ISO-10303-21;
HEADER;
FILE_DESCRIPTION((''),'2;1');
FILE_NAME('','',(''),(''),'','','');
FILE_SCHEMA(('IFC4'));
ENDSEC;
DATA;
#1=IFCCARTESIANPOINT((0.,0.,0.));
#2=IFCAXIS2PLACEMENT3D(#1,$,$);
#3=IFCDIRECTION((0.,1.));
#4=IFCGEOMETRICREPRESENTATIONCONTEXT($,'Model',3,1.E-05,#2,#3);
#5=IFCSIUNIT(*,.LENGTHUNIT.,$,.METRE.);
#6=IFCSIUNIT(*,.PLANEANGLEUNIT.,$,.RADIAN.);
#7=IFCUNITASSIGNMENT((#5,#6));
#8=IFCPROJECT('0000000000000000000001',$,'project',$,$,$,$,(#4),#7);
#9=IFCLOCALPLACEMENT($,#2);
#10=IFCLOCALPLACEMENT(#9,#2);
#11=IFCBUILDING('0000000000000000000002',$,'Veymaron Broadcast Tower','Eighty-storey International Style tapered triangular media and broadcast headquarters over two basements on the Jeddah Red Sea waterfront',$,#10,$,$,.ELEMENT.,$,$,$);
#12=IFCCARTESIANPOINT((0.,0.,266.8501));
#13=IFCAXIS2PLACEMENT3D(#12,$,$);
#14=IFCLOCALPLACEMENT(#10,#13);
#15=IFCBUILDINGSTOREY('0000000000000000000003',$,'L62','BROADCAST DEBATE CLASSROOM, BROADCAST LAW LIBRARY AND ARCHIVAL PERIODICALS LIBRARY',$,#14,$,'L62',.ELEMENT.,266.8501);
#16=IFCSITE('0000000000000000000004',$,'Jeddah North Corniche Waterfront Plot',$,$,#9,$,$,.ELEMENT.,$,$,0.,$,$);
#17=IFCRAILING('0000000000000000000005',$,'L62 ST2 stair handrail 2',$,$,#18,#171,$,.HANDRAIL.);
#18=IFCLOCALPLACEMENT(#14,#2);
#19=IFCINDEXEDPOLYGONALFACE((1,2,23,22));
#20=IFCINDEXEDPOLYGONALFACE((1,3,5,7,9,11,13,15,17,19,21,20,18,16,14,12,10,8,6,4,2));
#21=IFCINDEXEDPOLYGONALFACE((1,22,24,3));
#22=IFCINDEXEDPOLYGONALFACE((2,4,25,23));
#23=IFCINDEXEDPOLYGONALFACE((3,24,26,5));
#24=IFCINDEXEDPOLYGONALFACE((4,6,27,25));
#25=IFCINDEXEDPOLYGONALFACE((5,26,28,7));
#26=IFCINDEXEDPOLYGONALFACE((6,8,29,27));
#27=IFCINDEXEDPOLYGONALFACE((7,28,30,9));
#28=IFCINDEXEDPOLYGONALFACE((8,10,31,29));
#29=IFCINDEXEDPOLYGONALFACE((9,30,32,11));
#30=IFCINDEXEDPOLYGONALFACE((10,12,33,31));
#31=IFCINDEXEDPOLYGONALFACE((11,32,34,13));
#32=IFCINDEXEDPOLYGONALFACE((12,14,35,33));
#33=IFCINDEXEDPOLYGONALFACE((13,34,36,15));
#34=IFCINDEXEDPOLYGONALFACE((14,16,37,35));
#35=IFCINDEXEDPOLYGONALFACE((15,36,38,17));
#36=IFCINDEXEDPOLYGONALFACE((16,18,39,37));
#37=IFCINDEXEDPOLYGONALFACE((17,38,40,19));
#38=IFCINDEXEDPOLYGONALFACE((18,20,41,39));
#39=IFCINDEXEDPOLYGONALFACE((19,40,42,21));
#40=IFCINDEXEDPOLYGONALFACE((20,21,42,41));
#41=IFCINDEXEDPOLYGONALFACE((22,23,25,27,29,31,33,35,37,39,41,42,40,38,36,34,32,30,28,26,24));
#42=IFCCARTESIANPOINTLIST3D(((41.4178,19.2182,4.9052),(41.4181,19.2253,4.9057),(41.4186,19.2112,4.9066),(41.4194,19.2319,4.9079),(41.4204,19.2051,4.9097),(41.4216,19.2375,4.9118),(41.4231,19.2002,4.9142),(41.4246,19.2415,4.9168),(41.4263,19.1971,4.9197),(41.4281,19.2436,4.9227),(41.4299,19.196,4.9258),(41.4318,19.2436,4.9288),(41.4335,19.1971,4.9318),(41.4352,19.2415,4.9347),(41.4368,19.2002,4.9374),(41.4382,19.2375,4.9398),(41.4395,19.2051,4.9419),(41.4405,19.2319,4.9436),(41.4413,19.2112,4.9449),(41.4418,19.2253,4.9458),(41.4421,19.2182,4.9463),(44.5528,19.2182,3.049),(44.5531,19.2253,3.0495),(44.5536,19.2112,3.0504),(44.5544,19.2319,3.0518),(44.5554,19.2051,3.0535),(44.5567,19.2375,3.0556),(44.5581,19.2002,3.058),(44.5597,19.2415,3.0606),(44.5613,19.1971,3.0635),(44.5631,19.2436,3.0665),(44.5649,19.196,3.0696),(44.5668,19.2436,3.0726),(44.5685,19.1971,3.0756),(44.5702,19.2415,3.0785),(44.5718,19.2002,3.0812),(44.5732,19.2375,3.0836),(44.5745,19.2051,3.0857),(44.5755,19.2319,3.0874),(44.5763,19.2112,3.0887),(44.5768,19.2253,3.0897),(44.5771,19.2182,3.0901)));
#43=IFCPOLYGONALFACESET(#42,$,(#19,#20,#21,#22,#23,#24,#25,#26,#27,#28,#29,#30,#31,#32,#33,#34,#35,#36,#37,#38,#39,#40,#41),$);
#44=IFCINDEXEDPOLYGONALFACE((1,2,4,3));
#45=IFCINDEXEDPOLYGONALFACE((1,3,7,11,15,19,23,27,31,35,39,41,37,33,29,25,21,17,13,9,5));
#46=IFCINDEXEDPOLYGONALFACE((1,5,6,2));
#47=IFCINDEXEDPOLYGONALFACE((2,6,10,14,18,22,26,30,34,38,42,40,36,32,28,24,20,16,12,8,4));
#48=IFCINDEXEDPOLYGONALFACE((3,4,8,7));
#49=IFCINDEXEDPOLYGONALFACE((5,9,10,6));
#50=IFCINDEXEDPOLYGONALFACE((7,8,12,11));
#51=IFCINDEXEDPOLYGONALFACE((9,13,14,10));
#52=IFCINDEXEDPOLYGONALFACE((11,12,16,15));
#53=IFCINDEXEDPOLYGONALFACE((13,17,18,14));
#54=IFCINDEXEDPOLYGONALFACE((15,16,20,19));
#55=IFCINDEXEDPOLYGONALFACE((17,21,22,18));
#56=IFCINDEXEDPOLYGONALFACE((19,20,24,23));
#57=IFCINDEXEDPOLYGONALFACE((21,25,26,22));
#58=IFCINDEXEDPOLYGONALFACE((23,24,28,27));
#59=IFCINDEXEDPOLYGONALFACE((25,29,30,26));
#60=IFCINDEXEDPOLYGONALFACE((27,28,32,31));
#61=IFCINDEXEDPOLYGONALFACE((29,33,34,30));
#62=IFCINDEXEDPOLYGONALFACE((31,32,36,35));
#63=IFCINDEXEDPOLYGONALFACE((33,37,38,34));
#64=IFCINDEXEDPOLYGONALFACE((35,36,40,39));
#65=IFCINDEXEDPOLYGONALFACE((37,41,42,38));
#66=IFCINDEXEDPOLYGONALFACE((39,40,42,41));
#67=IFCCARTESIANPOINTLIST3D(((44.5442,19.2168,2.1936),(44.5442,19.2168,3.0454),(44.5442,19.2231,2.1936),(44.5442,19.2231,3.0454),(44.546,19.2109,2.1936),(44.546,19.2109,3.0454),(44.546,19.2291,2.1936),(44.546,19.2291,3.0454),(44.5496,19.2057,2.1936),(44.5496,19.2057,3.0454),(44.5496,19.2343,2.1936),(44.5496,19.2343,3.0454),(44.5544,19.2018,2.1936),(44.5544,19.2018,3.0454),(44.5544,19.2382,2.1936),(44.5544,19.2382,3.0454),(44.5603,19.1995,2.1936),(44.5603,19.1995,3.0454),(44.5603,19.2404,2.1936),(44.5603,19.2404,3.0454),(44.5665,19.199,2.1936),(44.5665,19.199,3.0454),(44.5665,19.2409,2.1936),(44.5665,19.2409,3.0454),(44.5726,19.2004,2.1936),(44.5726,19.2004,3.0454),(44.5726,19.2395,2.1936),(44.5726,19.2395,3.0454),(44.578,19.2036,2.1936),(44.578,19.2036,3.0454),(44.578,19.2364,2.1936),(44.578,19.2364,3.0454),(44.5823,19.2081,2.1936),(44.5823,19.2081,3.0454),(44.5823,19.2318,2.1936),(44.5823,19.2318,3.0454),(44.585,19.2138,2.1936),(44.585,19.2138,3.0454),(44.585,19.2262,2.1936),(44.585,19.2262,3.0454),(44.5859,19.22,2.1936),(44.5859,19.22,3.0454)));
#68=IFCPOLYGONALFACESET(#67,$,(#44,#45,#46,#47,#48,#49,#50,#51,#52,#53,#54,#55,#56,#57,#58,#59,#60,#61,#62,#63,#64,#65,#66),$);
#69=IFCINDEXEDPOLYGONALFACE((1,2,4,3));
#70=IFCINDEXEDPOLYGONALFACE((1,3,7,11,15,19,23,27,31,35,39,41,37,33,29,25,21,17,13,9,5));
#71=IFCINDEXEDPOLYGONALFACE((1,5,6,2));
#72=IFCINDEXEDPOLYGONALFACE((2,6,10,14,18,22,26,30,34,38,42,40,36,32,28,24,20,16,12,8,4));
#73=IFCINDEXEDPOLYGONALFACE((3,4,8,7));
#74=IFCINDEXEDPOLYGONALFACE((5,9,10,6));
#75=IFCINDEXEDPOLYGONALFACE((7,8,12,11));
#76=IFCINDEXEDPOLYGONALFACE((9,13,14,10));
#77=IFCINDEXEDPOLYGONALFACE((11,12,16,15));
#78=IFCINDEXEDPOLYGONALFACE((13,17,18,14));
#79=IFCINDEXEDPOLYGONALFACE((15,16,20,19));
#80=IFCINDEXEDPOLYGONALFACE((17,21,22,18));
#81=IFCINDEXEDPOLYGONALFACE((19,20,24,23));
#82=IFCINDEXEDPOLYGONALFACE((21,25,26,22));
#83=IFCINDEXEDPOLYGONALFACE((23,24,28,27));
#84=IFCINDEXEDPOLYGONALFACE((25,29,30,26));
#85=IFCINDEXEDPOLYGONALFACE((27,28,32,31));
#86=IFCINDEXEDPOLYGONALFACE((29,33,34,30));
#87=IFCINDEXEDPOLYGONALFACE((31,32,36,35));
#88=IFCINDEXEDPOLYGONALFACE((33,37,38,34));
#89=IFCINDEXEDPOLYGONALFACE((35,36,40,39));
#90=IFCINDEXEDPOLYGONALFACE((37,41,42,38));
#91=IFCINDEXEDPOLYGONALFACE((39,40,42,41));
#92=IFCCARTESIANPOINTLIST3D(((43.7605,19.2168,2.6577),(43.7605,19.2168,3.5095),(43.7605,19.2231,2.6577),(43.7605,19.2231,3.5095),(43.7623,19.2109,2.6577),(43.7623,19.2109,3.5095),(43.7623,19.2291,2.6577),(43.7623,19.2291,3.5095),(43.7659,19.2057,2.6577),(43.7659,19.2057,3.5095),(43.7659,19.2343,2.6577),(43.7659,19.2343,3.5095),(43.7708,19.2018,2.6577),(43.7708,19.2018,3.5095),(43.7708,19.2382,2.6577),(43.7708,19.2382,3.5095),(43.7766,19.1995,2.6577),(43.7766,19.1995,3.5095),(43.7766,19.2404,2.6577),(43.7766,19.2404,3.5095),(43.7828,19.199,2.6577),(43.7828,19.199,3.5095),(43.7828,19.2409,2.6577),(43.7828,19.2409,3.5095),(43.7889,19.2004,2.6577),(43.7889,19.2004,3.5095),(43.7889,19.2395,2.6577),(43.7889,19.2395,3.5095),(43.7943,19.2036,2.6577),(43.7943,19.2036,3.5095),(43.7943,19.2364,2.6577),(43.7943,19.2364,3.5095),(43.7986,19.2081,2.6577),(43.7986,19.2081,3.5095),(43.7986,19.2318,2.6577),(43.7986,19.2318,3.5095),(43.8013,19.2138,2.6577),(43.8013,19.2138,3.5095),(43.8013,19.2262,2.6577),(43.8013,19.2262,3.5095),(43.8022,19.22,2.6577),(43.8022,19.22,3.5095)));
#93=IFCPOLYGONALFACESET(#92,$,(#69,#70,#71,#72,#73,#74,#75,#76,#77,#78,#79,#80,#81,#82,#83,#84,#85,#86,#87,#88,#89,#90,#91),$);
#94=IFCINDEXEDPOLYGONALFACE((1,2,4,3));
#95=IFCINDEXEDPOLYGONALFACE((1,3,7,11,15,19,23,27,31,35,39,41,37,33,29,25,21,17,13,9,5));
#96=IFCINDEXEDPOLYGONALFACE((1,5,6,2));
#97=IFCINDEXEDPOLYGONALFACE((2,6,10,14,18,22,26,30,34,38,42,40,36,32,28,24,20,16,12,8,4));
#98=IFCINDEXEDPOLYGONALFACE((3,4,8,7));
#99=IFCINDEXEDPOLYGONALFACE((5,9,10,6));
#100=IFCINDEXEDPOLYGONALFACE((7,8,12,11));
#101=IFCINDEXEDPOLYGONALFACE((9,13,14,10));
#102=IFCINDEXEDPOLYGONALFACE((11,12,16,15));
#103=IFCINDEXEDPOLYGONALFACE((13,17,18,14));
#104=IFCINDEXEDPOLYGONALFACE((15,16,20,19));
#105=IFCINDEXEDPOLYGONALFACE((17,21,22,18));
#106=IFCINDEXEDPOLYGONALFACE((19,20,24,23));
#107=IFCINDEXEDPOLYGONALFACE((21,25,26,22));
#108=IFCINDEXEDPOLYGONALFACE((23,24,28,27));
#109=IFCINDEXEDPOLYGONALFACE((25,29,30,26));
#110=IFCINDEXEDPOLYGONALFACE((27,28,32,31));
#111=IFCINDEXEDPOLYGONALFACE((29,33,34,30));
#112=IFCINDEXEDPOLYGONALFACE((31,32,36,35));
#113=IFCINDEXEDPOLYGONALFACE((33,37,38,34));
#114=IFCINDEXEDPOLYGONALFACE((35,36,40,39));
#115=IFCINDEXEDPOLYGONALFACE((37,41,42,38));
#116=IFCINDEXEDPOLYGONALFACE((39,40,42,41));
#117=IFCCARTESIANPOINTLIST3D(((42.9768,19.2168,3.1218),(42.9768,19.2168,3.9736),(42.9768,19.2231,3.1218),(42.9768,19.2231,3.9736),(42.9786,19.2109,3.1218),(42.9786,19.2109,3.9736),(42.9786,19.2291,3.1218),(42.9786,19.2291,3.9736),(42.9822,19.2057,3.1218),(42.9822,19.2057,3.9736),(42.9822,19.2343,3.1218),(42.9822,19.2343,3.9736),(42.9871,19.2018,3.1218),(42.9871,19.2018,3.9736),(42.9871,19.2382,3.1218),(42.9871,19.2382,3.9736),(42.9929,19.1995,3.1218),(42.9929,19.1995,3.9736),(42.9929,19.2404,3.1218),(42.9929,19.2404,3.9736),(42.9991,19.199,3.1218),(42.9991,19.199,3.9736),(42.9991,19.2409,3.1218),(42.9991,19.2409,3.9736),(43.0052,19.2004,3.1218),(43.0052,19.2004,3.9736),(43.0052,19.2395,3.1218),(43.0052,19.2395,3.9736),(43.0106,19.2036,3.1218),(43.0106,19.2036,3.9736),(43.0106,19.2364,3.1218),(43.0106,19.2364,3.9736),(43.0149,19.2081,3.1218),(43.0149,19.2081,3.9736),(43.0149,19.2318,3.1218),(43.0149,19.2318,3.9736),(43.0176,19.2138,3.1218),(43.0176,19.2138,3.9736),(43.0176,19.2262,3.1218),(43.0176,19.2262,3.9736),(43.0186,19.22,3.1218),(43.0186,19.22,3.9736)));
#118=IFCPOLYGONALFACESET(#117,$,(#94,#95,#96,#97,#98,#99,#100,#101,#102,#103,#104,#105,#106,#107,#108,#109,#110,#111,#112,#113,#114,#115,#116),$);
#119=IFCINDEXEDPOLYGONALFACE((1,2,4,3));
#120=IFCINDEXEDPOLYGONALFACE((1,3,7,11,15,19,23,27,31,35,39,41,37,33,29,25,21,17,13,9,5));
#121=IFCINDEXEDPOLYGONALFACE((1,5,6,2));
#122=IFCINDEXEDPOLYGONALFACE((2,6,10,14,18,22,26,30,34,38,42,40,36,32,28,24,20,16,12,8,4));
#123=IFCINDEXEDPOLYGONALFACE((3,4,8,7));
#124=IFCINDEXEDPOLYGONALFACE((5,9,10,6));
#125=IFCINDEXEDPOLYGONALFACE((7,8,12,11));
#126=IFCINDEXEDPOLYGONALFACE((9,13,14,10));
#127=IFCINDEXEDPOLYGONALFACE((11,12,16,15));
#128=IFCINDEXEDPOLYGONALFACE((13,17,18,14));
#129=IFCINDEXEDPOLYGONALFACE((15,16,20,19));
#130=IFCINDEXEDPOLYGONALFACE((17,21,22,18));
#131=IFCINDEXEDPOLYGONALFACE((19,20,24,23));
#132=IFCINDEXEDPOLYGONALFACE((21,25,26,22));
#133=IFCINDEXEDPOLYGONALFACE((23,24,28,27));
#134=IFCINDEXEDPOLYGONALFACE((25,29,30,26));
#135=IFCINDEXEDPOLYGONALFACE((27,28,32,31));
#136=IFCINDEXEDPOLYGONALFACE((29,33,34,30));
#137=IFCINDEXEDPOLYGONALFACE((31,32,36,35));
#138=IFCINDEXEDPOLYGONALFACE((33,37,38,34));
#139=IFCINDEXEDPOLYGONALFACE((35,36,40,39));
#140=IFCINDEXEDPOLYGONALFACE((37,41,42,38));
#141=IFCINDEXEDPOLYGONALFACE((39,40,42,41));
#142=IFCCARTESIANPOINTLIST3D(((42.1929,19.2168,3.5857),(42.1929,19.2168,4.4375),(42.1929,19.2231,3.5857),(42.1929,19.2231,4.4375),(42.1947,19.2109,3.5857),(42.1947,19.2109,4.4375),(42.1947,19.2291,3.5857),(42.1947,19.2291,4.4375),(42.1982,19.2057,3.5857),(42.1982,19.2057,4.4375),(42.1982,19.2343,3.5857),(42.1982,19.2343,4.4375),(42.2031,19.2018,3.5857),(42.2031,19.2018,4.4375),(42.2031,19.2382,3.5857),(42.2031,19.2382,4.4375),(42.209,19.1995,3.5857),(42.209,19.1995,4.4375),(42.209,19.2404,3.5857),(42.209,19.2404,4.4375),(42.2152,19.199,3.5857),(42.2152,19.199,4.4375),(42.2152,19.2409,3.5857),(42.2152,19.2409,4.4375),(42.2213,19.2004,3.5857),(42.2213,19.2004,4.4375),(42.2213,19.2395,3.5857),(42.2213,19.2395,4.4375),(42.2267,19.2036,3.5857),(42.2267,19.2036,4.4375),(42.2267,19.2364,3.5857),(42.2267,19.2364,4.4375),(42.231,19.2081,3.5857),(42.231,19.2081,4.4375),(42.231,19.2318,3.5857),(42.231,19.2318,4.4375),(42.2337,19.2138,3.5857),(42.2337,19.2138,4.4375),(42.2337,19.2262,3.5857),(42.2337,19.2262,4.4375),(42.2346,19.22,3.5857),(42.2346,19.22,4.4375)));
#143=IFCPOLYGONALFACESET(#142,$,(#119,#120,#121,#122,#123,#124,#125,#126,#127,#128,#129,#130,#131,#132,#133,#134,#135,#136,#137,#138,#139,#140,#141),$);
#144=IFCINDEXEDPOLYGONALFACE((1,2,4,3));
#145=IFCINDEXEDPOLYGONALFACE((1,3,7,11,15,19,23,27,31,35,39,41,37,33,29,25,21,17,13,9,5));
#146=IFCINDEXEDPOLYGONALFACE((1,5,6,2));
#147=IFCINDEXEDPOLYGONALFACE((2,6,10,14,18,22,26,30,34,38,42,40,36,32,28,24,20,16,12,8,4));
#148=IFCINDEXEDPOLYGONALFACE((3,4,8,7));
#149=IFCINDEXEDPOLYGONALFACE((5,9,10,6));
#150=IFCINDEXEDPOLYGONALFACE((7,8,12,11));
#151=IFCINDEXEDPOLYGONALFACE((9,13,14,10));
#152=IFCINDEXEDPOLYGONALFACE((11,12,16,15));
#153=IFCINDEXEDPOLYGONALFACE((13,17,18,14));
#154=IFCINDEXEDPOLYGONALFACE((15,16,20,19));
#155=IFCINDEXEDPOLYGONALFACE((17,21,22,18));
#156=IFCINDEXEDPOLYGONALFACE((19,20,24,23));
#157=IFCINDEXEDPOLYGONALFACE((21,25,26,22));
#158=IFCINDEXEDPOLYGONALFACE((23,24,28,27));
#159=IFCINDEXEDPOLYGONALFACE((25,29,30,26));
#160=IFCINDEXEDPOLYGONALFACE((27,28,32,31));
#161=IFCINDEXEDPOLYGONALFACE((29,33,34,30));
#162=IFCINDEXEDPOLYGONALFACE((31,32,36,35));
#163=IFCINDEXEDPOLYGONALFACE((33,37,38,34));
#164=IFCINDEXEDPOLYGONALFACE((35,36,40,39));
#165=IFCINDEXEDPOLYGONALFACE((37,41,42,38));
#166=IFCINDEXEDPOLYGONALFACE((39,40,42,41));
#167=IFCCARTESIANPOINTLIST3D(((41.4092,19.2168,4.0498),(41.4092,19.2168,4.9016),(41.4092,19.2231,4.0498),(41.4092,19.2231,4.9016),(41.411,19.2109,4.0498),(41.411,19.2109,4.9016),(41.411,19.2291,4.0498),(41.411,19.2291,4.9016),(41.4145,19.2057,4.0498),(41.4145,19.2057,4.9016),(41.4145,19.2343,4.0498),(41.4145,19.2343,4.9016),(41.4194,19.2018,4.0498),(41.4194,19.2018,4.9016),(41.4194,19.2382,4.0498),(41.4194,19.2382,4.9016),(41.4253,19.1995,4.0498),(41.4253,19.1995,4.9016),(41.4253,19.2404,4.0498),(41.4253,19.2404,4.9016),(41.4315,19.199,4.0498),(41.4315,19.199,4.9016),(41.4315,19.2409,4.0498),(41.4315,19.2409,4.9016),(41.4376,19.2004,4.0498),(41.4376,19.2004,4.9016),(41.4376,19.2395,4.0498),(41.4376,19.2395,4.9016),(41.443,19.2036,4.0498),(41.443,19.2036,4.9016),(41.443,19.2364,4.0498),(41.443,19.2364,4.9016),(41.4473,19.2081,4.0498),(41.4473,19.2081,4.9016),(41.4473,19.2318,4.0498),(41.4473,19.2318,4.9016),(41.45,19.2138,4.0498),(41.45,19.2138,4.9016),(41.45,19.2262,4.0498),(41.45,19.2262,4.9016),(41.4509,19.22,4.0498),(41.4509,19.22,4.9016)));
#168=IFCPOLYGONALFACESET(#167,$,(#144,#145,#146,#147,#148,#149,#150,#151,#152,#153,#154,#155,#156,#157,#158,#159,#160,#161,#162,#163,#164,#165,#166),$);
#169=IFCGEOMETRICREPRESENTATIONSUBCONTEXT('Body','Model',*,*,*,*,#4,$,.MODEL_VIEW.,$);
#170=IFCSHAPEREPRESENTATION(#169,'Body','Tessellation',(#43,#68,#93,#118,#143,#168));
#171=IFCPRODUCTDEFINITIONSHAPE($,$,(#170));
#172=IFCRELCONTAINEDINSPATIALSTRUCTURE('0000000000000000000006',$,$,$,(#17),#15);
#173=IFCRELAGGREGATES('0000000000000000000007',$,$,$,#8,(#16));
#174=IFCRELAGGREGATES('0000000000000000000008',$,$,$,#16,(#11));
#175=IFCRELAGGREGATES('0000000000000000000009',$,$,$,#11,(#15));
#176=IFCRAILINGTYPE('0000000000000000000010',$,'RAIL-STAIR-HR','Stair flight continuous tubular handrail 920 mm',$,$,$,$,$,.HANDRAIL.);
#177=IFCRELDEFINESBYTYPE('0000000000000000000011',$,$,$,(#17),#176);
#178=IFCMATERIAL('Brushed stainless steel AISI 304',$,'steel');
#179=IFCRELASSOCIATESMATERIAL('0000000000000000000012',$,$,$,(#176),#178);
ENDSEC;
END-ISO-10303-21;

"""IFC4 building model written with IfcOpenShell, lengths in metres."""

from ifc_helpers import new_model, si_unit, direction, frame, origin, origin_2d, place, context, subcontext, project, spatial, circle, extrude, material, type_object, element, save


model = new_model("IFC4")

# Units and contexts
model_context = context("Model", 3, precision=1e-05, world=origin(), true_north=direction((0.0, 1.0)))
body_context = subcontext(model_context, "Body", "Model", "MODEL_VIEW")
ifc_project = project(units=[si_unit("LENGTHUNIT", "METRE"), si_unit("PLANEANGLEUNIT", "RADIAN")], contexts=[model_context])

# Site, building, storey
site_placement = place(None, origin())
site = spatial("IfcSite", under=ifc_project, at=site_placement, Name="Jeddah North Corniche Waterfront Plot", CompositionType="ELEMENT", RefElevation=0.0)
building_placement = place(site_placement, origin())
building = spatial("IfcBuilding", under=site, at=building_placement, Name="Veymaron Broadcast Tower", Description="Eighty-storey International Style tapered triangular media and broadcast headquarters over two basements on the Jeddah Red Sea waterfront", CompositionType="ELEMENT")
storey_placement = place(building_placement, frame((0.0, 0.0, 266.8501)))
storey = spatial("IfcBuildingStorey", under=building, at=storey_placement, Name="L62", Description="BROADCAST DEBATE CLASSROOM, BROADCAST LAW LIBRARY AND ARCHIVAL PERIODICALS LIBRARY", LongName="L62", CompositionType="ELEMENT", Elevation=266.8501)

# Shared definitions
ifc_material_1 = material(Name="Brushed stainless steel AISI 304", Category="steel")

# Railing
railing_type_1 = type_object("IfcRailingType", Name="RAIL-STAIR-HR", Description="Stair flight continuous tubular handrail 920 mm", PredefinedType="HANDRAIL", material=ifc_material_1)
railing_1_placement = place(storey_placement, frame((44.5649, 19.22, 2.1936)))
element("IfcRailing", 1, at=railing_1_placement, inside=storey, type_object=railing_type_1, Name="L62 ST2 stair handrail 2", PredefinedType="HANDRAIL", context=body_context, shape_type="SweptSolid", body=[
    extrude(circle(Radius=0.0239, at=origin_2d()), frame((0.0, 0.0, 0.876), z_axis=(-0.860482, 0.0, 0.509481), x_axis=(0.0, -1.0, 0.0)), (0.0, 0.0, 1.0), 3.6433),
    extrude(circle(Radius=0.021, at=origin_2d()), origin(), (0.0, 0.0, 1.0), 0.8518),
    extrude(circle(Radius=0.021, at=origin_2d()), frame((-0.7837, 0.0, 0.4641)), (0.0, 0.0, 1.0), 0.8518),
    extrude(circle(Radius=0.021, at=origin_2d()), frame((-1.5674, 0.0, 0.9282)), (0.0, 0.0, 1.0), 0.8518),
    extrude(circle(Radius=0.021, at=origin_2d()), frame((-2.3513, 0.0, 1.3921)), (0.0, 0.0, 1.0), 0.8518),
    extrude(circle(Radius=0.021, at=origin_2d()), frame((-3.135, 0.0, 1.8562)), (0.0, 0.0, 1.0), 0.8518),
])

save(model, "model.ifc")
